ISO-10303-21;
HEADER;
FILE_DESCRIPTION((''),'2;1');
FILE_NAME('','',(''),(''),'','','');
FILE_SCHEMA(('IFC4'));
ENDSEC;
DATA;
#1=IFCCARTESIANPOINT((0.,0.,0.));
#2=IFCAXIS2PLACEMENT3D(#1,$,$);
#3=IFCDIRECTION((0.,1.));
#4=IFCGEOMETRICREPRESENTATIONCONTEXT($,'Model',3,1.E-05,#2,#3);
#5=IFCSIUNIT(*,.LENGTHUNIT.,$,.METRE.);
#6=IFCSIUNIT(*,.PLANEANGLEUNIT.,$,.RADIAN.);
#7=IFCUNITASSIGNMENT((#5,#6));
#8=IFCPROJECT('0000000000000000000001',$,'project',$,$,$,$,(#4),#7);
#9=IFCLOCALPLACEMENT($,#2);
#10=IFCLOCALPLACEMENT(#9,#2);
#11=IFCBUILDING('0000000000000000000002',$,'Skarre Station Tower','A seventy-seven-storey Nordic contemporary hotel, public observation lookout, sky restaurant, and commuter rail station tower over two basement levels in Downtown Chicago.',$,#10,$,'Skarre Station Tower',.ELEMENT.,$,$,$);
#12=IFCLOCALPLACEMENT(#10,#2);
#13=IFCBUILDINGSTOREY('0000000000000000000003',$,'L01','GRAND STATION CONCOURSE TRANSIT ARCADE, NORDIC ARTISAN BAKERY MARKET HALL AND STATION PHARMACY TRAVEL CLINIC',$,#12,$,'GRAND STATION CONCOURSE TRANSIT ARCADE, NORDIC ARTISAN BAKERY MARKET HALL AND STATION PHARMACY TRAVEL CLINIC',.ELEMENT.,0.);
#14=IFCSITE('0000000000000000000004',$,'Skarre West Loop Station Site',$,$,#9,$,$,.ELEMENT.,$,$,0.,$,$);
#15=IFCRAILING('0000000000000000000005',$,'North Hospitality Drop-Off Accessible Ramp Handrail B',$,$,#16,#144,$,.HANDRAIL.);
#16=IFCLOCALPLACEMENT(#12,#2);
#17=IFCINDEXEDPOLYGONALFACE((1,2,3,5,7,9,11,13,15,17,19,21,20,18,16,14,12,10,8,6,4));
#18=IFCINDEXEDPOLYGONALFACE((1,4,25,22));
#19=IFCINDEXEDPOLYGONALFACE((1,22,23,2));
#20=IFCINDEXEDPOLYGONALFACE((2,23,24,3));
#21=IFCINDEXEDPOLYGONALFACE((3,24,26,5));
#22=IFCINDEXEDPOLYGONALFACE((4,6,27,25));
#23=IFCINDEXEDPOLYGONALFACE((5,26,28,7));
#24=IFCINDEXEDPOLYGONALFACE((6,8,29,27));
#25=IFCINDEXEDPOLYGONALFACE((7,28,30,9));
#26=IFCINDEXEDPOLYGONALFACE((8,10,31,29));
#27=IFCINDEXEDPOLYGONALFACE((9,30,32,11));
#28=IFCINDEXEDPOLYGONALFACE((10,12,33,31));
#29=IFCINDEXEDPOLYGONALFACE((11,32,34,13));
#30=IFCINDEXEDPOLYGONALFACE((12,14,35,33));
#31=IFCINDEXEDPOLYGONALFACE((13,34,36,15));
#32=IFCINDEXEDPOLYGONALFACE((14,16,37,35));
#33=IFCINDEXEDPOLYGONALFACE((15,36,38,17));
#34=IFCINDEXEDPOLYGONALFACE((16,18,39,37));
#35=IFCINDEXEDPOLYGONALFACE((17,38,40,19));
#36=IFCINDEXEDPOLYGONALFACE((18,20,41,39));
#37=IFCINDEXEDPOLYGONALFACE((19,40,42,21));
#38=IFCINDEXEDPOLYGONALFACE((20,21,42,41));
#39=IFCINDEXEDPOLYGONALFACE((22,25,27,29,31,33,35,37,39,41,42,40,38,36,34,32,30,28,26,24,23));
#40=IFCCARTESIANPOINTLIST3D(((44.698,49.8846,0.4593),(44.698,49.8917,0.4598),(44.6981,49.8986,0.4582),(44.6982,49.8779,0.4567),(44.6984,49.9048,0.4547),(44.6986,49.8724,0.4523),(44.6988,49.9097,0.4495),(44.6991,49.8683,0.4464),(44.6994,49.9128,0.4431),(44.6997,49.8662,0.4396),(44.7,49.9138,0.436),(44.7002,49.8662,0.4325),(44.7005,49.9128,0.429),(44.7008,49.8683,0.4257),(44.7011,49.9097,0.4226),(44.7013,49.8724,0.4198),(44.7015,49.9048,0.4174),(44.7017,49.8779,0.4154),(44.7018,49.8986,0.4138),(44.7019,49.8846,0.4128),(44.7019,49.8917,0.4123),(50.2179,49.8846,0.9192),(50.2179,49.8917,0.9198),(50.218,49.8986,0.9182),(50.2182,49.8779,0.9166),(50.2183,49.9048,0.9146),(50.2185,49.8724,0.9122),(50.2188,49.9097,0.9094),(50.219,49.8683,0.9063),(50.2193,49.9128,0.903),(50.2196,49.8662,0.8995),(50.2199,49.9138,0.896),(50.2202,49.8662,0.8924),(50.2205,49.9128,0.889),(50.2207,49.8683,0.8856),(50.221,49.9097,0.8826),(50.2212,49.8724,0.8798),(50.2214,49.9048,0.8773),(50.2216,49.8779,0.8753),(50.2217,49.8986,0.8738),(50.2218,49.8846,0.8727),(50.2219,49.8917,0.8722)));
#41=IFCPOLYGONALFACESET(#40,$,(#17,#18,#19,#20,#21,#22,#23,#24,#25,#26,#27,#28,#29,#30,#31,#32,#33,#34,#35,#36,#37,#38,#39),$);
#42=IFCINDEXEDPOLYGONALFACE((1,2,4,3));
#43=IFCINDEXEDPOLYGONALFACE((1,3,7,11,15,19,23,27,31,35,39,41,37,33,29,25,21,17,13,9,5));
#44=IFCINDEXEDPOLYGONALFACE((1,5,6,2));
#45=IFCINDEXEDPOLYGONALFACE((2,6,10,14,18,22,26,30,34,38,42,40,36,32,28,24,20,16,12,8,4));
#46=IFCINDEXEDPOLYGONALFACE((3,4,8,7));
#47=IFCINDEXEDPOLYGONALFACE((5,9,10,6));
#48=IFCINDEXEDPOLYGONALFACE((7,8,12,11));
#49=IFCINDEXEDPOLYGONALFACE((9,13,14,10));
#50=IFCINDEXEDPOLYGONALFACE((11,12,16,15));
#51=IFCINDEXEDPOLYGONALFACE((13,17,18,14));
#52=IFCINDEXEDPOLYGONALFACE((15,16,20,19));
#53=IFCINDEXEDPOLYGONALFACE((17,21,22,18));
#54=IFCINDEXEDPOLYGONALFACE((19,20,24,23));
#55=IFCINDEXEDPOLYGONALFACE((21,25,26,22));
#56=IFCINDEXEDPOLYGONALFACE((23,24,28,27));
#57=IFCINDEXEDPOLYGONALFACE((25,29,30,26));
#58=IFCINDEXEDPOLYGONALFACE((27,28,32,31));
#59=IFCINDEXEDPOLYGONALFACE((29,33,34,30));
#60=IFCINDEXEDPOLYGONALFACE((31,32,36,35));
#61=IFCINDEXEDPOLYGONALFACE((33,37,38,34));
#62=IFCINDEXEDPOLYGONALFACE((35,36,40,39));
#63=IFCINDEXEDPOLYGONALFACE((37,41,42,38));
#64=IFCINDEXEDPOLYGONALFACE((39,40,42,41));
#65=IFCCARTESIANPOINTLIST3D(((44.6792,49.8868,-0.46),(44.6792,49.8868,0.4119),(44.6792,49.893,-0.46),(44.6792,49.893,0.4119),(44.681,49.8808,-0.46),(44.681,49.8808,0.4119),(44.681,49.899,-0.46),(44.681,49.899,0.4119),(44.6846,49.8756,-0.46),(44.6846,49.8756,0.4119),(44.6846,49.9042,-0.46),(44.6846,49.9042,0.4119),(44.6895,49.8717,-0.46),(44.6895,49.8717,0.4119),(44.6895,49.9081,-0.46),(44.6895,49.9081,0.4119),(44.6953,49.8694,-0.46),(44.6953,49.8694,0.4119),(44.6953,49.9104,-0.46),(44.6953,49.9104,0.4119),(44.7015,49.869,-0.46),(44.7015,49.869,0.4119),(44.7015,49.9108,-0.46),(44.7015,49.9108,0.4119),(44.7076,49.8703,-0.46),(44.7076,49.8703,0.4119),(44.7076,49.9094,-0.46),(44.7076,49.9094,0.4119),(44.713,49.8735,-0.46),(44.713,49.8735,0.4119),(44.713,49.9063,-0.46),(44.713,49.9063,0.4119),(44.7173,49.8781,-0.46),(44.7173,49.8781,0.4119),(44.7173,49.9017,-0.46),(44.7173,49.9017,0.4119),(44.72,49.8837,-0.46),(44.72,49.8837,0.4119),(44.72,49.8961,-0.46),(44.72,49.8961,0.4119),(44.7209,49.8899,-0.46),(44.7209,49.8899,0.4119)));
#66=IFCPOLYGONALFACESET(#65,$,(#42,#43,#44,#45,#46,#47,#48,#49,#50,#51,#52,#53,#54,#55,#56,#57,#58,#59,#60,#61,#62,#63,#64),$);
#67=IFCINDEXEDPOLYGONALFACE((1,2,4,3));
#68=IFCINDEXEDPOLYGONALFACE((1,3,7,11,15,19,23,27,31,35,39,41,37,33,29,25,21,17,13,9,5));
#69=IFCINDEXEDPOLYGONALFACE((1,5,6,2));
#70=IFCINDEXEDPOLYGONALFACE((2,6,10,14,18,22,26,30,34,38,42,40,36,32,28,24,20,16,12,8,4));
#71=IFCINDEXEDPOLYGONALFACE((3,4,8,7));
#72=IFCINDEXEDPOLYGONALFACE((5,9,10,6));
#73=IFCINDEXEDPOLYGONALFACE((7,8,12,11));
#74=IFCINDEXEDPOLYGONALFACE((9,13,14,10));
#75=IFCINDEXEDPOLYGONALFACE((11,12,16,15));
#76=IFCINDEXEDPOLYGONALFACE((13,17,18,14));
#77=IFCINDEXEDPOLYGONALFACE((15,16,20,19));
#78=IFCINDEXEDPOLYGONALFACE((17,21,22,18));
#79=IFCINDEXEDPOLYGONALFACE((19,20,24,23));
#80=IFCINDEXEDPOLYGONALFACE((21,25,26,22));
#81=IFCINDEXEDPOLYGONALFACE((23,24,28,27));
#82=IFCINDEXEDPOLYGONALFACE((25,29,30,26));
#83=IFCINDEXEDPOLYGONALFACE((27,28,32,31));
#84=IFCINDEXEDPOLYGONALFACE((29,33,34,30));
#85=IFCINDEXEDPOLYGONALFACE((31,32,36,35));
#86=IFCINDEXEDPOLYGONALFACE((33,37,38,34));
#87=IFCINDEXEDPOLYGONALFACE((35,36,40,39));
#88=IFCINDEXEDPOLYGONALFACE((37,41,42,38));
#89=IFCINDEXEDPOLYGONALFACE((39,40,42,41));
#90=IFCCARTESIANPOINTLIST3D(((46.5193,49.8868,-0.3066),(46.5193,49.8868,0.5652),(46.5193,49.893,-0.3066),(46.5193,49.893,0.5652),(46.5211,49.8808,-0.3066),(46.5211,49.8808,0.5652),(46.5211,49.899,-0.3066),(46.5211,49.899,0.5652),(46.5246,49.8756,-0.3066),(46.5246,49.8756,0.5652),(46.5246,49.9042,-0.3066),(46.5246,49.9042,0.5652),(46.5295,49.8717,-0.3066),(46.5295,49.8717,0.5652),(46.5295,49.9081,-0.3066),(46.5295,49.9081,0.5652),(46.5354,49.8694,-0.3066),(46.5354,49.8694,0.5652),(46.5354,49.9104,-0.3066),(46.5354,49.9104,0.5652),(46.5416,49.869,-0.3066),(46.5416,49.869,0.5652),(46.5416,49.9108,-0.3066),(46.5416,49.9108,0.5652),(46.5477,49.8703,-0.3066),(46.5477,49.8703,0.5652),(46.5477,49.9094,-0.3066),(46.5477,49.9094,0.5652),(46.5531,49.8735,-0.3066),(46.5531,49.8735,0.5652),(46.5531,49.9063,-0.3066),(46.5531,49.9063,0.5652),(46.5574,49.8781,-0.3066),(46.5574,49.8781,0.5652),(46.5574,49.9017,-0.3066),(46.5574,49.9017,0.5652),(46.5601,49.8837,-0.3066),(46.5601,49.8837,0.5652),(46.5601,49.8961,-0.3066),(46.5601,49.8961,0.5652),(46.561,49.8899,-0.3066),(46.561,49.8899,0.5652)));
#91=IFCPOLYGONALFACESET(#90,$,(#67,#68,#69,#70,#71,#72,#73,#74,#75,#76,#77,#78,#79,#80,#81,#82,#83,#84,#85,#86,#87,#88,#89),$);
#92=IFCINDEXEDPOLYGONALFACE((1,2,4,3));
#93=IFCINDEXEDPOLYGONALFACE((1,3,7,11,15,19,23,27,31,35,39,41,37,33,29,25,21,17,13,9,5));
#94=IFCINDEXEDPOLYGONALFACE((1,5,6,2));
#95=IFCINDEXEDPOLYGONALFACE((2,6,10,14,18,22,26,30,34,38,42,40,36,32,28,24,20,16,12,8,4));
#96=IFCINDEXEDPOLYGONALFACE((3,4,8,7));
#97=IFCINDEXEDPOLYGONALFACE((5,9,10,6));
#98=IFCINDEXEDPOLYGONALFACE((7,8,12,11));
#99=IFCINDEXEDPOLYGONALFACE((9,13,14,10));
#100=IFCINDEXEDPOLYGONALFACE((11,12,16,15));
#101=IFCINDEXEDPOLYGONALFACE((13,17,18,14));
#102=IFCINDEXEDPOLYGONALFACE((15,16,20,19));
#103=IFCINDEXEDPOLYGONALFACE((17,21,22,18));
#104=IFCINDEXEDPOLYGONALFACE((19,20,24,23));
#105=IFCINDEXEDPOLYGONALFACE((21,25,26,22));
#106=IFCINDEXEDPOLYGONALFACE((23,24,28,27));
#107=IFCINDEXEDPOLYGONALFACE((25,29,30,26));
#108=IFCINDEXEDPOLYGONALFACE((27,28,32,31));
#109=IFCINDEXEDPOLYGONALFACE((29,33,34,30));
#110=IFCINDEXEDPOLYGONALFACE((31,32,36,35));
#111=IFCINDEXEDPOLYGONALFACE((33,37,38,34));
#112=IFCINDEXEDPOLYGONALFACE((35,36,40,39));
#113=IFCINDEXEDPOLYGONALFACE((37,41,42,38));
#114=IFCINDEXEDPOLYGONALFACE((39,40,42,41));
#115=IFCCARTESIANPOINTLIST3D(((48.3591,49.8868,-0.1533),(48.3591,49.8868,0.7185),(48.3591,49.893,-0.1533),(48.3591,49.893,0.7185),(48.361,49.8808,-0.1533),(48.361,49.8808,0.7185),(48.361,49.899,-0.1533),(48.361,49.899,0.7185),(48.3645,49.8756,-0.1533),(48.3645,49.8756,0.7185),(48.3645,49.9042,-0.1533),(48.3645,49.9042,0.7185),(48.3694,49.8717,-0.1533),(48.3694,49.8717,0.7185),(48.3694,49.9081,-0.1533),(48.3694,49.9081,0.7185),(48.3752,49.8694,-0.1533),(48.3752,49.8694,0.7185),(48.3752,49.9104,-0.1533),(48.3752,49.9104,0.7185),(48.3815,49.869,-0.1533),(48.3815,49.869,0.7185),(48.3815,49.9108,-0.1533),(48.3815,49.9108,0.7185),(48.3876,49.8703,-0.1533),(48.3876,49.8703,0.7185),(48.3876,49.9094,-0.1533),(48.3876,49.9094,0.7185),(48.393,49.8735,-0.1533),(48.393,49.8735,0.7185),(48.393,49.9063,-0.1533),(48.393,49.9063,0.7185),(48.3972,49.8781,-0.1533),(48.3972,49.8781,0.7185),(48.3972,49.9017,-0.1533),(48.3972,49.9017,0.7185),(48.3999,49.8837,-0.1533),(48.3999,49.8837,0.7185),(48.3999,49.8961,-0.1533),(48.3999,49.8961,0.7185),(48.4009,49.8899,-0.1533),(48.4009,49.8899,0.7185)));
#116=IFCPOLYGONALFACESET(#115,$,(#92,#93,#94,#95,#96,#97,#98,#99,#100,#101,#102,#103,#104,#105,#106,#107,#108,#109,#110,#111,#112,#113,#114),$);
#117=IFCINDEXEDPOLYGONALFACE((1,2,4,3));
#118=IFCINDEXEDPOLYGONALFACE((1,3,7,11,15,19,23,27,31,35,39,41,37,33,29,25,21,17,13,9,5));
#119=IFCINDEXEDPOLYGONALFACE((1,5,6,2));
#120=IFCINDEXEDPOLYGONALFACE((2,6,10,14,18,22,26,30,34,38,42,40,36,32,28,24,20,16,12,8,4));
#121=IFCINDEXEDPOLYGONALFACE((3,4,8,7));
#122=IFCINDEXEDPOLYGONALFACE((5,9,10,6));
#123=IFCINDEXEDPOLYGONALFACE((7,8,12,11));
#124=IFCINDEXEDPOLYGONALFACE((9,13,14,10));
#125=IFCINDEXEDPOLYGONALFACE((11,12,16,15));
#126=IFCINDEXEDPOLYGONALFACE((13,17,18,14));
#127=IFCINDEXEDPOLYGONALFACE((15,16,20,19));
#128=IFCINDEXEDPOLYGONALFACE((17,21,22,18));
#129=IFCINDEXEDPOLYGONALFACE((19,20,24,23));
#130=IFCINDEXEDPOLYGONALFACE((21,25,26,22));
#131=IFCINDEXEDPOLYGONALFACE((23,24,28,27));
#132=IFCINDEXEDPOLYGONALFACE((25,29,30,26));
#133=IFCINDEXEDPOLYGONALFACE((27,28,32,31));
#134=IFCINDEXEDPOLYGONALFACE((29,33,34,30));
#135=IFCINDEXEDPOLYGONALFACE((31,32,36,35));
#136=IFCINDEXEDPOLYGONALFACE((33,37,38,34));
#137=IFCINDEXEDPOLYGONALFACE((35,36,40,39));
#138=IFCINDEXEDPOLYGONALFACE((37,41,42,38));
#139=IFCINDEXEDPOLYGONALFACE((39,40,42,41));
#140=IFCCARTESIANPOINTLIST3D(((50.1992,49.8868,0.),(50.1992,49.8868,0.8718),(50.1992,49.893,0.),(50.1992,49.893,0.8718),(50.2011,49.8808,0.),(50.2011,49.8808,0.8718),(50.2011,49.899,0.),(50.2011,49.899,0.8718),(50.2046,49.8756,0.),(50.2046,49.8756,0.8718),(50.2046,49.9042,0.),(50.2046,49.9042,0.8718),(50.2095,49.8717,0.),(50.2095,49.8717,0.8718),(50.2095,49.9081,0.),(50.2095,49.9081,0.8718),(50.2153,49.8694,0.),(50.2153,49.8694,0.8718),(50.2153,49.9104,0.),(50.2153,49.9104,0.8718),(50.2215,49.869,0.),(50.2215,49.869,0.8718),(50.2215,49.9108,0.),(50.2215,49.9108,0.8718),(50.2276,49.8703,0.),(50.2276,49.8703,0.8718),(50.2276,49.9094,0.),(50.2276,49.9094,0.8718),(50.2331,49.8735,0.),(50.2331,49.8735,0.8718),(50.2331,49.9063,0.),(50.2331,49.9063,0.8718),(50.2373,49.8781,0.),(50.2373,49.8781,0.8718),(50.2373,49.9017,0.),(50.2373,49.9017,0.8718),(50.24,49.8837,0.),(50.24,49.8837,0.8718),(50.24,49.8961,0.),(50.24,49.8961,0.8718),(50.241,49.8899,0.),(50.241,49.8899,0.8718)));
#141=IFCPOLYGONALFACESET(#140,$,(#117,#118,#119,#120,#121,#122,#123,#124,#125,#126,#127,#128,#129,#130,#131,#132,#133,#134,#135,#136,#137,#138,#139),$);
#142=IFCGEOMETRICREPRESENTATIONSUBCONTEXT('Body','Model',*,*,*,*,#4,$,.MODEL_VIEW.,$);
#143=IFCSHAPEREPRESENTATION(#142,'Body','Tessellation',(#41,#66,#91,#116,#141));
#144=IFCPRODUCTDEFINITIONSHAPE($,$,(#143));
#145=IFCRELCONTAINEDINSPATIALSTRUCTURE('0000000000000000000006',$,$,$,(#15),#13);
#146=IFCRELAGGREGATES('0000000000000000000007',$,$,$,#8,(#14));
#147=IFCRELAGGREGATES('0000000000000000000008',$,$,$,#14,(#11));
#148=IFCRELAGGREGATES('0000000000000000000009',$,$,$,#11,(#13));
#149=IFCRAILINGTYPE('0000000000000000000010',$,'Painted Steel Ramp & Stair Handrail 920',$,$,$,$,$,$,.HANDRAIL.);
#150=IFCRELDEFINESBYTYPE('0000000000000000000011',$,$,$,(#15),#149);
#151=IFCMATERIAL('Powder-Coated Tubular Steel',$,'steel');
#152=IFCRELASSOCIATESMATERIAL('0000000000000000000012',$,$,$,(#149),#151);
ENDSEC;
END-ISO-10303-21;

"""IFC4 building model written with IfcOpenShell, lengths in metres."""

from ifc_helpers import new_model, si_unit, direction, frame, origin, origin_2d, place, context, subcontext, project, spatial, circle, extrude, material, type_object, element, save


model = new_model("IFC4")

# Units and contexts
model_context = context("Model", 3, precision=1e-05, world=origin(), true_north=direction((0.0, 1.0)))
body_context = subcontext(model_context, "Body", "Model", "MODEL_VIEW")
ifc_project = project(units=[si_unit("LENGTHUNIT", "METRE"), si_unit("PLANEANGLEUNIT", "RADIAN")], contexts=[model_context])

# Site, building, storey
site_placement = place(None, origin())
site = spatial("IfcSite", under=ifc_project, at=site_placement, Name="Skarre West Loop Station Site", CompositionType="ELEMENT", RefElevation=0.0)
building_placement = place(site_placement, origin())
building = spatial("IfcBuilding", under=site, at=building_placement, Name="Skarre Station Tower", Description="A seventy-seven-storey Nordic contemporary hotel, public observation lookout, sky restaurant, and commuter rail station tower over two basement levels in Downtown Chicago.", LongName="Skarre Station Tower", CompositionType="ELEMENT")
storey_placement = place(building_placement, origin())
storey = spatial("IfcBuildingStorey", under=building, at=storey_placement, Name="L01", Description="GRAND STATION CONCOURSE TRANSIT ARCADE, NORDIC ARTISAN BAKERY MARKET HALL AND STATION PHARMACY TRAVEL CLINIC", LongName="GRAND STATION CONCOURSE TRANSIT ARCADE, NORDIC ARTISAN BAKERY MARKET HALL AND STATION PHARMACY TRAVEL CLINIC", CompositionType="ELEMENT", Elevation=0.0)

# Railing
ifc_material_1 = material(Name="Powder-Coated Tubular Steel", Category="steel")
railing_type = type_object("IfcRailingType", Name="Painted Steel Ramp & Stair Handrail 920", PredefinedType="HANDRAIL", material=ifc_material_1)
for number, where, name in (
    (1, (44.7, 49.8899, -0.46), "North Hospitality Drop-Off Accessible Ramp Handrail B"),
):
    element("IfcRailing", number, at=place(storey_placement, frame(where)), inside=storey, type_object=railing_type, Name=name, PredefinedType="HANDRAIL", context=body_context, shape_type="SweptSolid", body=[
        extrude(circle(Radius=0.0239, at=origin_2d()), frame((0.0, 0.0, 0.896), z_axis=(0.996546, 0.0, 0.083038), x_axis=(0.0, 1.0, 0.0)), (0.0, 0.0, 1.0), 5.5391),
        extrude(circle(Radius=0.021, at=origin_2d()), origin(), (0.0, 0.0, 1.0), 0.8718),
        extrude(circle(Radius=0.021, at=origin_2d()), frame((1.8401, 0.0, 0.1533)), (0.0, 0.0, 1.0), 0.8718),
        extrude(circle(Radius=0.021, at=origin_2d()), frame((3.6799, 0.0, 0.3066)), (0.0, 0.0, 1.0), 0.8718),
        extrude(circle(Radius=0.021, at=origin_2d()), frame((5.52, 0.0, 0.46)), (0.0, 0.0, 1.0), 0.8718),
    ])

save(model, "model.ifc")
